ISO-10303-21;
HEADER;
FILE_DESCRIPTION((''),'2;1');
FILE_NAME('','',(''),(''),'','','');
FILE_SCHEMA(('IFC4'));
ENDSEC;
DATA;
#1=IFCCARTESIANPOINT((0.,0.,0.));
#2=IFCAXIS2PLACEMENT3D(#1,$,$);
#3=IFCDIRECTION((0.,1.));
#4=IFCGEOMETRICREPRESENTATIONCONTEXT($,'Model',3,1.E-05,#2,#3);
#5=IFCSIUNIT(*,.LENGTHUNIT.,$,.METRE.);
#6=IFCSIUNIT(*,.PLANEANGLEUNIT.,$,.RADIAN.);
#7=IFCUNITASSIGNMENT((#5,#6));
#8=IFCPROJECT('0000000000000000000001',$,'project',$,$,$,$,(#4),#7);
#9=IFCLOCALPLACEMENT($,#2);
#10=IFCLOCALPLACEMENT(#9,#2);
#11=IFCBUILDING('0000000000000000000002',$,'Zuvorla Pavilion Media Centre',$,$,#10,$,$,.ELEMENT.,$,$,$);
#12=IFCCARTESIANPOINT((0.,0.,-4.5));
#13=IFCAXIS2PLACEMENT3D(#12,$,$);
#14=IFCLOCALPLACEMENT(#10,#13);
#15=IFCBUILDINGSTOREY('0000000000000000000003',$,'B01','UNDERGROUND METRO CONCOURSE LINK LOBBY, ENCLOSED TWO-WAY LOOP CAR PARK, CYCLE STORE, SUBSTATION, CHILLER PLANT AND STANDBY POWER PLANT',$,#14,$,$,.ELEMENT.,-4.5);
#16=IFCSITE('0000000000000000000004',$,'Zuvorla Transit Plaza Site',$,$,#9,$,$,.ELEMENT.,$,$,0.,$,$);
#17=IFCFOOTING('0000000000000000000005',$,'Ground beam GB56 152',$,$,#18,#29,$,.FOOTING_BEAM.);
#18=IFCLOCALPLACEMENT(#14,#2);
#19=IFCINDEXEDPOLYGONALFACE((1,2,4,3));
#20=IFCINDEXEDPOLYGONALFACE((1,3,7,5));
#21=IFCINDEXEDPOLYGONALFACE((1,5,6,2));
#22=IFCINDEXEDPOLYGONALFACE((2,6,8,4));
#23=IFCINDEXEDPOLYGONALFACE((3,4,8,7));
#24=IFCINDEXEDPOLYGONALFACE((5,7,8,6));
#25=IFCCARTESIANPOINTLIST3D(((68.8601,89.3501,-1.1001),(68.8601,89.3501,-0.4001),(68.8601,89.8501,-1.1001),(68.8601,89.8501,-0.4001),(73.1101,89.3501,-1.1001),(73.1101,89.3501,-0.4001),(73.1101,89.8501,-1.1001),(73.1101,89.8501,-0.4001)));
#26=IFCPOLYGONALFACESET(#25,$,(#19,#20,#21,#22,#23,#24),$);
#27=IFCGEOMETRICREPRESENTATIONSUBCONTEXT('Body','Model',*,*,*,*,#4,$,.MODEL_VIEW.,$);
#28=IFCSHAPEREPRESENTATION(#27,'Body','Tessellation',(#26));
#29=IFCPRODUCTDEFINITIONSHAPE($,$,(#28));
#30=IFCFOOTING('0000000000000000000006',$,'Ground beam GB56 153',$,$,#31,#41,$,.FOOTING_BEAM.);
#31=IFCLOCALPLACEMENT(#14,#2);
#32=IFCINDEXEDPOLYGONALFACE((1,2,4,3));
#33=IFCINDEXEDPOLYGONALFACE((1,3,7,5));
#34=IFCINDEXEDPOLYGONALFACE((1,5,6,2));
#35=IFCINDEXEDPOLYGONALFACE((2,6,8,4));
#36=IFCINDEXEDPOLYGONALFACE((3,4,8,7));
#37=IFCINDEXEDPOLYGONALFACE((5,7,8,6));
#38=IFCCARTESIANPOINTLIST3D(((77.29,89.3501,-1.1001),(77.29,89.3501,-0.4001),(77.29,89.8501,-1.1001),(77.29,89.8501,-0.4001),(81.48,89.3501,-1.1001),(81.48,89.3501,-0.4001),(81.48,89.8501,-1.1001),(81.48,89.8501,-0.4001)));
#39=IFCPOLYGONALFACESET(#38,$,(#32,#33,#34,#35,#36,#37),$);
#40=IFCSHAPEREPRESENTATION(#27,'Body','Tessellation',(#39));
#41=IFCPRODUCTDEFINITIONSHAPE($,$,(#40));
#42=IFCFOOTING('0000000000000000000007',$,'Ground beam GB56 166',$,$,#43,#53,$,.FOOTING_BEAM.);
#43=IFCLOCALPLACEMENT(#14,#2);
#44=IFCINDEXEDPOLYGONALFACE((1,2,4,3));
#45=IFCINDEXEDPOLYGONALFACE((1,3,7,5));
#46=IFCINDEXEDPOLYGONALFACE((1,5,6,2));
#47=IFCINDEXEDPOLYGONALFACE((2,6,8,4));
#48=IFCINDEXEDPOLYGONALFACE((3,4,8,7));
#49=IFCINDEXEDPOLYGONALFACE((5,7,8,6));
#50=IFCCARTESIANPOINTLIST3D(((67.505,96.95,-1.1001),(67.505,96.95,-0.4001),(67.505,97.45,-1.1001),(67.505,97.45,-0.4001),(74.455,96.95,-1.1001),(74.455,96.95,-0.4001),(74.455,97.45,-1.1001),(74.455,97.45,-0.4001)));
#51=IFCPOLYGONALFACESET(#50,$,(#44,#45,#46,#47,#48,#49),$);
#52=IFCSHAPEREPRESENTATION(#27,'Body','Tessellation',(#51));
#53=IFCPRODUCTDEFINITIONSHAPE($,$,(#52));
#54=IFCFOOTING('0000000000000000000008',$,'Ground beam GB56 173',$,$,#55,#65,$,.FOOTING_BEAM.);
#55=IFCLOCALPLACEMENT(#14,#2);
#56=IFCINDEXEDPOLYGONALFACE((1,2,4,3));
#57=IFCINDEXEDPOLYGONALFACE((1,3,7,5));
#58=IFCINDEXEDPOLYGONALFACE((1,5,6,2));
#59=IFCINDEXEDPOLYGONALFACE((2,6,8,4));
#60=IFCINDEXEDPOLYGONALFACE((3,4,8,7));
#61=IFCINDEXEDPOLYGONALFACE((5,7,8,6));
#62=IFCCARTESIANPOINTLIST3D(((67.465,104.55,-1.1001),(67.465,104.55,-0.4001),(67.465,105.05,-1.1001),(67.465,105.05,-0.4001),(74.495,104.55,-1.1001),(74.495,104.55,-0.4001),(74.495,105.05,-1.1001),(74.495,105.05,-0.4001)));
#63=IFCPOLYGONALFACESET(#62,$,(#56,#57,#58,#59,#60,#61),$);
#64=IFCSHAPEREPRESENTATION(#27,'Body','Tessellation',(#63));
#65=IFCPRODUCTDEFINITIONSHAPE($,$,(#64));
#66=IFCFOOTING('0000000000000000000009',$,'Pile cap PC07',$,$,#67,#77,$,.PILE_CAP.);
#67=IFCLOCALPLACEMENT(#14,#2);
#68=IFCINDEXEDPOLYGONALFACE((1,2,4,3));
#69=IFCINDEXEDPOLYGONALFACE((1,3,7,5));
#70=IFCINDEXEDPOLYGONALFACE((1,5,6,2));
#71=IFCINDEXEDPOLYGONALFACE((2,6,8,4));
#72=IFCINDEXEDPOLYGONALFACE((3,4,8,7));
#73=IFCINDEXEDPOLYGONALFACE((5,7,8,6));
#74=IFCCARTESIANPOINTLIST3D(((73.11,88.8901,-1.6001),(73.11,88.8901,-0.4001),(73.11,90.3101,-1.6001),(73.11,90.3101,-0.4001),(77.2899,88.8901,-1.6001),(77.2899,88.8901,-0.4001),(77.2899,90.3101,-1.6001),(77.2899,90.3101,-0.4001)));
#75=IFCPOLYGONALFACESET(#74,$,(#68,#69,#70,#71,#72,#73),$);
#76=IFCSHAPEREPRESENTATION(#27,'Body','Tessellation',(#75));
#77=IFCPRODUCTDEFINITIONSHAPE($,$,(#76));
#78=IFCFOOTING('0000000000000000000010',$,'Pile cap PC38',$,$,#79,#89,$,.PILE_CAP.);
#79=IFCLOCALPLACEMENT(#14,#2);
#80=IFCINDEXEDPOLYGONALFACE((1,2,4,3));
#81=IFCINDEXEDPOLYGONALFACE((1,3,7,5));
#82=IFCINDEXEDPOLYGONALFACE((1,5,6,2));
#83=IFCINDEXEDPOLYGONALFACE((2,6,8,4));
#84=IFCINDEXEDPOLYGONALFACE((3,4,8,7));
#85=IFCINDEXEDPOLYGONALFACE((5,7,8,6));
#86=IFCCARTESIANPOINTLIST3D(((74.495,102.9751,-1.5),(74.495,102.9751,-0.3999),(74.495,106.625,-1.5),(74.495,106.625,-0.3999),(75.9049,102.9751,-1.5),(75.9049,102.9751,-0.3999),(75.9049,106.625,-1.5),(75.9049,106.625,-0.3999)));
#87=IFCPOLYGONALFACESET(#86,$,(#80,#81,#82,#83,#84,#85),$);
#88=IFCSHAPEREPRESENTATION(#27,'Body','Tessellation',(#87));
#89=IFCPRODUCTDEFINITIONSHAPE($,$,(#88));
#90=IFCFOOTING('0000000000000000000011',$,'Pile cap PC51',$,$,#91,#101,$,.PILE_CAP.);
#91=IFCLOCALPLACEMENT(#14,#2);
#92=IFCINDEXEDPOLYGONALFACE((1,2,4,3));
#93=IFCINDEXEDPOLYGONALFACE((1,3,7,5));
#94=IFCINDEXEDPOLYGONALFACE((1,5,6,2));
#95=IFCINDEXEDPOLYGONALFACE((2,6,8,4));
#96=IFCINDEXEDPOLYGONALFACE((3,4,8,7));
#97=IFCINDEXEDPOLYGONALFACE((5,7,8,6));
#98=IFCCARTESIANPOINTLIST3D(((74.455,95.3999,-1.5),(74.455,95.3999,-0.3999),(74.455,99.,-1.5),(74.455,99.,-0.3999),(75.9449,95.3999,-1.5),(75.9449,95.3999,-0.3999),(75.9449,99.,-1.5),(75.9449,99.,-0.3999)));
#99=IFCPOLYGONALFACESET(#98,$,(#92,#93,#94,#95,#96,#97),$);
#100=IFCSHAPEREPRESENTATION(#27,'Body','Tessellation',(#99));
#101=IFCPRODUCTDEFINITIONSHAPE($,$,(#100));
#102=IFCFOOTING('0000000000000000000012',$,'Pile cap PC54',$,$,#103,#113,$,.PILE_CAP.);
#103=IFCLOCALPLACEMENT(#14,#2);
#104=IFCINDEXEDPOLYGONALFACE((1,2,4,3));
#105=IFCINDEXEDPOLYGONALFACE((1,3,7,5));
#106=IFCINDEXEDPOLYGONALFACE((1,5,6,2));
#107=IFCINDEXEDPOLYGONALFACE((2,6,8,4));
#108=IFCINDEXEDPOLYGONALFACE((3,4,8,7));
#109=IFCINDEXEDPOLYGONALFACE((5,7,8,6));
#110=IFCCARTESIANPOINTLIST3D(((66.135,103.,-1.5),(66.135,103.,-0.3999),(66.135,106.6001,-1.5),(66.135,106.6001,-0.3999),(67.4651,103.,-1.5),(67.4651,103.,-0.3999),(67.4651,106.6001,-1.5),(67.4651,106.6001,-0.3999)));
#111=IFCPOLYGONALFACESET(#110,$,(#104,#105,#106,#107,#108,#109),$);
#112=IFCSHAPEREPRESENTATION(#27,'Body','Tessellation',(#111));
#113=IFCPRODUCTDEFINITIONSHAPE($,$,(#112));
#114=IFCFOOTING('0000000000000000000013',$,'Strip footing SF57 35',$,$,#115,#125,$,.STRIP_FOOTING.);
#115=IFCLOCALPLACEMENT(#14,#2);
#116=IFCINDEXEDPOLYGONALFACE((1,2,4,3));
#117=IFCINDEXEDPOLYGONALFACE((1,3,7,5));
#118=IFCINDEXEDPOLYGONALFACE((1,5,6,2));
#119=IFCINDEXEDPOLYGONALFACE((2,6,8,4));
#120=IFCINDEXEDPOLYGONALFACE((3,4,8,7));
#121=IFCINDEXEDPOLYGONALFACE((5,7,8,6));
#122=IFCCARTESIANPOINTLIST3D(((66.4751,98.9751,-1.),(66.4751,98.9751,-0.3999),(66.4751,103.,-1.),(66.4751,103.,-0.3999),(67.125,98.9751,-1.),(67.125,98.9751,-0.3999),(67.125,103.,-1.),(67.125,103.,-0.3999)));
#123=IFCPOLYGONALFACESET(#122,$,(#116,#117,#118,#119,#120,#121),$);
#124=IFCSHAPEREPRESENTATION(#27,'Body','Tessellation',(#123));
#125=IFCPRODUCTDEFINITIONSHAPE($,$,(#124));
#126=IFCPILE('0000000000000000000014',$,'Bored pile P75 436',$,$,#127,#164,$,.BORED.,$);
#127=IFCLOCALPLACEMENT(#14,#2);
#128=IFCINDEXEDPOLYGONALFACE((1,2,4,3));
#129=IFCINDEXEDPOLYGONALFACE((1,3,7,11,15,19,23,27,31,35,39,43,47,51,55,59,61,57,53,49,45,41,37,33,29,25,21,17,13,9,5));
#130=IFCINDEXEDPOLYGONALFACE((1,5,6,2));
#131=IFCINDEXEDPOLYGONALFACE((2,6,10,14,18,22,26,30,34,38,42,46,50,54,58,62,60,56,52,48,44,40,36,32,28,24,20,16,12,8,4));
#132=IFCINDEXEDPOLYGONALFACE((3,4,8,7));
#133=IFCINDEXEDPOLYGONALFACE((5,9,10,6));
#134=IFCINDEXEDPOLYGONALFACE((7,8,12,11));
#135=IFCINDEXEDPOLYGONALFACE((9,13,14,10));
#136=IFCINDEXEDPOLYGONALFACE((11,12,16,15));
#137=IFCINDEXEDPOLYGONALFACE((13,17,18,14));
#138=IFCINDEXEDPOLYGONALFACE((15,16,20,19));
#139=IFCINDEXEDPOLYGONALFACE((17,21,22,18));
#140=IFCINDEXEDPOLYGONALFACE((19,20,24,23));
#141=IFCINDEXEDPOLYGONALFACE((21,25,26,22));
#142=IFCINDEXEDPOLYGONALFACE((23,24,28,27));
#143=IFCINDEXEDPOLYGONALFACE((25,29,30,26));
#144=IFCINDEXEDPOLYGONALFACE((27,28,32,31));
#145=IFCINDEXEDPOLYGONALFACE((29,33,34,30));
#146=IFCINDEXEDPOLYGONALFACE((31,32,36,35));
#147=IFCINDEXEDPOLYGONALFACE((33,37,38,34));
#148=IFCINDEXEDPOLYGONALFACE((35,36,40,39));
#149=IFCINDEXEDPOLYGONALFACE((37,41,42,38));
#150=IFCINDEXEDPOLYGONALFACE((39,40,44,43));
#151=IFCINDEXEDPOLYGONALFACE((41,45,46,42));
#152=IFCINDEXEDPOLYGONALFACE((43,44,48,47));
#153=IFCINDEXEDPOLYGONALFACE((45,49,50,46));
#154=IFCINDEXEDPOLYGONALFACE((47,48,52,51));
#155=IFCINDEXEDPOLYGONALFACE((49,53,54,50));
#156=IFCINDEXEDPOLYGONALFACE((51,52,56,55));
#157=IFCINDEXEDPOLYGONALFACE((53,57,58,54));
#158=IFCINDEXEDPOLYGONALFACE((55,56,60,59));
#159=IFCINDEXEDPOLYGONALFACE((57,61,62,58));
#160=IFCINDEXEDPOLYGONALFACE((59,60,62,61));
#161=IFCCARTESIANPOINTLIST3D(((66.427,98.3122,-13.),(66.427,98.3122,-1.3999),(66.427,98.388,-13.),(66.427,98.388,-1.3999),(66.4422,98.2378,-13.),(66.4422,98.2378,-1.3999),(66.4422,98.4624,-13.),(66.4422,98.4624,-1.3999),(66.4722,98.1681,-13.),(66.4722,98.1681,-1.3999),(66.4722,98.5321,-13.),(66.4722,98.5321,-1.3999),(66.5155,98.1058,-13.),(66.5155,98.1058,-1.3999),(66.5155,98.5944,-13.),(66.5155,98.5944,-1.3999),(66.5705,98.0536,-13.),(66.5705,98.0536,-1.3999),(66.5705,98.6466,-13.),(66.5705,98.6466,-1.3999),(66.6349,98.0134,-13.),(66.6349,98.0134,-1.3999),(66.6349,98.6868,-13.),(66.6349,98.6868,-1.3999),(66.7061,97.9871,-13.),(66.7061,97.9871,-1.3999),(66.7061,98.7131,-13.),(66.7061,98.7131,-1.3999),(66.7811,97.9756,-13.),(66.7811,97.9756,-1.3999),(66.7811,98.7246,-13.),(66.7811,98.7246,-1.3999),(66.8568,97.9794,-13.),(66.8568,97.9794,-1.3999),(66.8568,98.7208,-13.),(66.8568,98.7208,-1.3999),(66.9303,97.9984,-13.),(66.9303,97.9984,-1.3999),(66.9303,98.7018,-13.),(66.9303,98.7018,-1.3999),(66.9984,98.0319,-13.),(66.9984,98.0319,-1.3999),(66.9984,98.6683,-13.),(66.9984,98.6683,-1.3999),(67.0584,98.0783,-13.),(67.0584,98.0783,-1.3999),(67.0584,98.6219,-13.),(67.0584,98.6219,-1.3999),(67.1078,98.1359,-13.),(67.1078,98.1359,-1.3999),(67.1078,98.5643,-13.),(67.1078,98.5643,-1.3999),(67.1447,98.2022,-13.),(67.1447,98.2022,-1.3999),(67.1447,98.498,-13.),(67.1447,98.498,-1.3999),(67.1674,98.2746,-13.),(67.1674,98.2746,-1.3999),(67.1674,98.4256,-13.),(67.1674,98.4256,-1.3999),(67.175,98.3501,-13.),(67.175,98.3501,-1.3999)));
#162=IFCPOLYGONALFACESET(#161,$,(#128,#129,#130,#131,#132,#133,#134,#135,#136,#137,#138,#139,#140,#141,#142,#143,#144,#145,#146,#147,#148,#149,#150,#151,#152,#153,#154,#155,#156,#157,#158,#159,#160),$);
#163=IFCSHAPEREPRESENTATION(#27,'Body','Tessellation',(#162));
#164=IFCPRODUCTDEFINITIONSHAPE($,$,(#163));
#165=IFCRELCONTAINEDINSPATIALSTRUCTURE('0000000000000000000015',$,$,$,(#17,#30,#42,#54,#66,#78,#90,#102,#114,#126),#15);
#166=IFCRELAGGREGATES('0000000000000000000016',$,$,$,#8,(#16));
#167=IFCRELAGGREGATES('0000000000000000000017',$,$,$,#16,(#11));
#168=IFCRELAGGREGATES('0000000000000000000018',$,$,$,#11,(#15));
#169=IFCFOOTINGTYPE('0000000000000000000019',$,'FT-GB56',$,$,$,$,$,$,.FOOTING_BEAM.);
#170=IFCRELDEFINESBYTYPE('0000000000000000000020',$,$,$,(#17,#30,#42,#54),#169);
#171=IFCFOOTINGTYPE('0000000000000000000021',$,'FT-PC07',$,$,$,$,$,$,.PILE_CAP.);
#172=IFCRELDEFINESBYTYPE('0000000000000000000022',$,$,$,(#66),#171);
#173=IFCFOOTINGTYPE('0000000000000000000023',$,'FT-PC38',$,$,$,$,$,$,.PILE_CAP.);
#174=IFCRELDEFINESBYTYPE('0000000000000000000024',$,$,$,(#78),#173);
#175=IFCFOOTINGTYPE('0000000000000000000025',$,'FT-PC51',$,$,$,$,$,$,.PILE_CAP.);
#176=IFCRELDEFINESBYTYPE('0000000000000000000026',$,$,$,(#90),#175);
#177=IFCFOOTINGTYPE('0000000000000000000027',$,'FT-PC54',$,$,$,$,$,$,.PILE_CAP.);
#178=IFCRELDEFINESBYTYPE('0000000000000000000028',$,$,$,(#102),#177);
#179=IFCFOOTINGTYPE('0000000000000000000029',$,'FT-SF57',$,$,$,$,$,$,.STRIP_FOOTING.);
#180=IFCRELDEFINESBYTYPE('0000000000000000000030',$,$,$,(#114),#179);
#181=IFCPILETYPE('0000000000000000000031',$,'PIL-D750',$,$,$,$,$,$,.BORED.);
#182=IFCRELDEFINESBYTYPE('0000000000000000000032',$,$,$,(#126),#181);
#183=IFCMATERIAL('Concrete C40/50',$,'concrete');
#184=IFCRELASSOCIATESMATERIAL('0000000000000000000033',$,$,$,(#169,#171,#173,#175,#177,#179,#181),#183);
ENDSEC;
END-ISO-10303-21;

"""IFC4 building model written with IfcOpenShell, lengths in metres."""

from ifc_helpers import new_model, si_unit, direction, frame, origin, origin_2d, place, context, subcontext, project, spatial, rectangle, circle, extrude, material, material_profile, profile_set, type_object, element, save


model = new_model("IFC4")

# Units and contexts
model_context = context("Model", 3, precision=1e-05, world=origin(), true_north=direction((0.0, 1.0)))
body_context = subcontext(model_context, "Body", "Model", "MODEL_VIEW")
ifc_project = project(units=[si_unit("LENGTHUNIT", "METRE"), si_unit("PLANEANGLEUNIT", "RADIAN")], contexts=[model_context])

# Site, building, storey
site_placement = place(None, origin())
site = spatial("IfcSite", under=ifc_project, at=site_placement, Name="Zuvorla Transit Plaza Site", CompositionType="ELEMENT", RefElevation=0.0)
building_placement = place(site_placement, origin())
building = spatial("IfcBuilding", under=site, at=building_placement, Name="Zuvorla Pavilion Media Centre", CompositionType="ELEMENT")
storey_placement = place(building_placement, frame((0.0, 0.0, -4.5)))
storey = spatial("IfcBuildingStorey", under=building, at=storey_placement, Name="B01", Description="UNDERGROUND METRO CONCOURSE LINK LOBBY, ENCLOSED TWO-WAY LOOP CAR PARK, CYCLE STORE, SUBSTATION, CHILLER PLANT AND STANDBY POWER PLANT", CompositionType="ELEMENT", Elevation=-4.5)

# Footings
ifc_material = material(Name="Concrete C40/50", Category="concrete")
footing_type_1 = type_object("IfcFootingType", Name="FT-GB56", PredefinedType="FOOTING_BEAM", material=ifc_material)
footing_1_placement = place(storey_placement, frame((70.9851, 89.6001, -1.1001), z_axis=(0.0, 0.0, 1.0), x_axis=(1.0, 0.0, 0.0)))
element("IfcFooting", 1, at=footing_1_placement, inside=storey, type_object=footing_type_1, Name="Ground beam GB56 152", PredefinedType="FOOTING_BEAM", context=body_context, shape_type="SweptSolid", body=[
    extrude(rectangle(XDim=4.25, YDim=0.5, at=origin_2d()), origin(), (0.0, 0.0, 1.0), 0.7),
])
footing_2_placement = place(storey_placement, frame((79.385, 89.6001, -1.1001), z_axis=(0.0, 0.0, 1.0), x_axis=(1.0, 0.0, 0.0)))
element("IfcFooting", 2, at=footing_2_placement, inside=storey, type_object=footing_type_1, Name="Ground beam GB56 153", PredefinedType="FOOTING_BEAM", context=body_context, shape_type="SweptSolid", body=[
    extrude(rectangle(XDim=4.1899, YDim=0.5, at=origin_2d()), origin(), (0.0, 0.0, 1.0), 0.7),
])
footing_3_placement = place(storey_placement, frame((70.98, 97.2, -1.1001), z_axis=(0.0, 0.0, 1.0), x_axis=(1.0, 0.0, 0.0)))
element("IfcFooting", 3, at=footing_3_placement, inside=storey, type_object=footing_type_1, Name="Ground beam GB56 166", PredefinedType="FOOTING_BEAM", context=body_context, shape_type="SweptSolid", body=[
    extrude(rectangle(XDim=6.95, YDim=0.5, at=origin_2d()), origin(), (0.0, 0.0, 1.0), 0.7),
])
footing_4_placement = place(storey_placement, frame((70.98, 104.8, -1.1001), z_axis=(0.0, 0.0, 1.0), x_axis=(1.0, 0.0, 0.0)))
element("IfcFooting", 4, at=footing_4_placement, inside=storey, type_object=footing_type_1, Name="Ground beam GB56 173", PredefinedType="FOOTING_BEAM", context=body_context, shape_type="SweptSolid", body=[
    extrude(rectangle(XDim=7.03, YDim=0.5, at=origin_2d()), origin(), (0.0, 0.0, 1.0), 0.7),
])
footing_type_2 = type_object("IfcFootingType", Name="FT-PC07", PredefinedType="PILE_CAP", material=ifc_material)
footing_5_placement = place(storey_placement, frame((75.2, 89.6001, -1.6001), z_axis=(0.0, 0.0, 1.0), x_axis=(1.0, 0.0, 0.0)))
element("IfcFooting", 5, at=footing_5_placement, inside=storey, type_object=footing_type_2, Name="Pile cap PC07", PredefinedType="PILE_CAP", context=body_context, shape_type="SweptSolid", body=[
    extrude(rectangle(XDim=4.1799, YDim=1.4199, at=origin_2d()), origin(), (0.0, 0.0, 1.0), 1.2),
])
footing_type_3 = type_object("IfcFootingType", Name="FT-PC38", PredefinedType="PILE_CAP", material=ifc_material)
footing_6_placement = place(storey_placement, frame((75.2, 104.8, -1.5), z_axis=(0.0, 0.0, 1.0), x_axis=(1.0, 0.0, 0.0)))
element("IfcFooting", 6, at=footing_6_placement, inside=storey, type_object=footing_type_3, Name="Pile cap PC38", PredefinedType="PILE_CAP", context=body_context, shape_type="SweptSolid", body=[
    extrude(rectangle(XDim=1.4099, YDim=3.6499, at=origin_2d()), origin(), (0.0, 0.0, 1.0), 1.1001),
])
footing_type_4 = type_object("IfcFootingType", Name="FT-PC51", PredefinedType="PILE_CAP", material=ifc_material)
footing_7_placement = place(storey_placement, frame((75.2, 97.2, -1.5), z_axis=(0.0, 0.0, 1.0), x_axis=(1.0, 0.0, 0.0)))
element("IfcFooting", 7, at=footing_7_placement, inside=storey, type_object=footing_type_4, Name="Pile cap PC51", PredefinedType="PILE_CAP", context=body_context, shape_type="SweptSolid", body=[
    extrude(rectangle(XDim=1.49, YDim=3.6001, at=origin_2d()), origin(), (0.0, 0.0, 1.0), 1.1001),
])
footing_type_5 = type_object("IfcFootingType", Name="FT-PC54", PredefinedType="PILE_CAP", material=ifc_material)
footing_8_placement = place(storey_placement, frame((66.8, 104.8, -1.5), z_axis=(0.0, 0.0, 1.0), x_axis=(1.0, 0.0, 0.0)))
element("IfcFooting", 8, at=footing_8_placement, inside=storey, type_object=footing_type_5, Name="Pile cap PC54", PredefinedType="PILE_CAP", context=body_context, shape_type="SweptSolid", body=[
    extrude(rectangle(XDim=1.3301, YDim=3.6001, at=origin_2d()), origin(), (0.0, 0.0, 1.0), 1.1001),
])
footing_type_6 = type_object("IfcFootingType", Name="FT-SF57", PredefinedType="STRIP_FOOTING", material=ifc_material)
footing_9_placement = place(storey_placement, frame((66.8, 100.9875, -1.0), z_axis=(0.0, 0.0, 1.0), x_axis=(0.0, 1.0, 0.0)))
element("IfcFooting", 9, at=footing_9_placement, inside=storey, type_object=footing_type_6, Name="Strip footing SF57 35", PredefinedType="STRIP_FOOTING", context=body_context, shape_type="SweptSolid", body=[
    extrude(rectangle(XDim=4.0249, YDim=0.6499, at=origin_2d()), origin(), (0.0, 0.0, 1.0), 0.6001),
])

# Pile
ifc_material_profile_1 = material_profile(ifc_material, circle(Radius=0.375, at=origin_2d()), Name="BORED PILE 750")
ifc_profile_set_1 = profile_set([ifc_material_profile_1], Name="Concrete C40/50")
pile_type_1 = type_object("IfcPileType", Name="PIL-D750", PredefinedType="BORED", material=ifc_profile_set_1)
for number, where, z_axis, x_axis, name in (
    (10, (66.8, 98.3501, -1.3999), (0.0, 0.0, -1.0), (1.0, 0.0, 0.0), "Bored pile P75 436"),
):
    element("IfcPile", number, at=place(storey_placement, frame(where, z_axis=z_axis, x_axis=x_axis)), inside=storey, type_object=pile_type_1, Name=name, PredefinedType="BORED", context=body_context, shape_type="SweptSolid", body=[
        extrude(circle(Radius=0.375, at=origin_2d()), origin(), (0.0, 0.0, 1.0), 11.6001),
    ])

save(model, "model.ifc")
